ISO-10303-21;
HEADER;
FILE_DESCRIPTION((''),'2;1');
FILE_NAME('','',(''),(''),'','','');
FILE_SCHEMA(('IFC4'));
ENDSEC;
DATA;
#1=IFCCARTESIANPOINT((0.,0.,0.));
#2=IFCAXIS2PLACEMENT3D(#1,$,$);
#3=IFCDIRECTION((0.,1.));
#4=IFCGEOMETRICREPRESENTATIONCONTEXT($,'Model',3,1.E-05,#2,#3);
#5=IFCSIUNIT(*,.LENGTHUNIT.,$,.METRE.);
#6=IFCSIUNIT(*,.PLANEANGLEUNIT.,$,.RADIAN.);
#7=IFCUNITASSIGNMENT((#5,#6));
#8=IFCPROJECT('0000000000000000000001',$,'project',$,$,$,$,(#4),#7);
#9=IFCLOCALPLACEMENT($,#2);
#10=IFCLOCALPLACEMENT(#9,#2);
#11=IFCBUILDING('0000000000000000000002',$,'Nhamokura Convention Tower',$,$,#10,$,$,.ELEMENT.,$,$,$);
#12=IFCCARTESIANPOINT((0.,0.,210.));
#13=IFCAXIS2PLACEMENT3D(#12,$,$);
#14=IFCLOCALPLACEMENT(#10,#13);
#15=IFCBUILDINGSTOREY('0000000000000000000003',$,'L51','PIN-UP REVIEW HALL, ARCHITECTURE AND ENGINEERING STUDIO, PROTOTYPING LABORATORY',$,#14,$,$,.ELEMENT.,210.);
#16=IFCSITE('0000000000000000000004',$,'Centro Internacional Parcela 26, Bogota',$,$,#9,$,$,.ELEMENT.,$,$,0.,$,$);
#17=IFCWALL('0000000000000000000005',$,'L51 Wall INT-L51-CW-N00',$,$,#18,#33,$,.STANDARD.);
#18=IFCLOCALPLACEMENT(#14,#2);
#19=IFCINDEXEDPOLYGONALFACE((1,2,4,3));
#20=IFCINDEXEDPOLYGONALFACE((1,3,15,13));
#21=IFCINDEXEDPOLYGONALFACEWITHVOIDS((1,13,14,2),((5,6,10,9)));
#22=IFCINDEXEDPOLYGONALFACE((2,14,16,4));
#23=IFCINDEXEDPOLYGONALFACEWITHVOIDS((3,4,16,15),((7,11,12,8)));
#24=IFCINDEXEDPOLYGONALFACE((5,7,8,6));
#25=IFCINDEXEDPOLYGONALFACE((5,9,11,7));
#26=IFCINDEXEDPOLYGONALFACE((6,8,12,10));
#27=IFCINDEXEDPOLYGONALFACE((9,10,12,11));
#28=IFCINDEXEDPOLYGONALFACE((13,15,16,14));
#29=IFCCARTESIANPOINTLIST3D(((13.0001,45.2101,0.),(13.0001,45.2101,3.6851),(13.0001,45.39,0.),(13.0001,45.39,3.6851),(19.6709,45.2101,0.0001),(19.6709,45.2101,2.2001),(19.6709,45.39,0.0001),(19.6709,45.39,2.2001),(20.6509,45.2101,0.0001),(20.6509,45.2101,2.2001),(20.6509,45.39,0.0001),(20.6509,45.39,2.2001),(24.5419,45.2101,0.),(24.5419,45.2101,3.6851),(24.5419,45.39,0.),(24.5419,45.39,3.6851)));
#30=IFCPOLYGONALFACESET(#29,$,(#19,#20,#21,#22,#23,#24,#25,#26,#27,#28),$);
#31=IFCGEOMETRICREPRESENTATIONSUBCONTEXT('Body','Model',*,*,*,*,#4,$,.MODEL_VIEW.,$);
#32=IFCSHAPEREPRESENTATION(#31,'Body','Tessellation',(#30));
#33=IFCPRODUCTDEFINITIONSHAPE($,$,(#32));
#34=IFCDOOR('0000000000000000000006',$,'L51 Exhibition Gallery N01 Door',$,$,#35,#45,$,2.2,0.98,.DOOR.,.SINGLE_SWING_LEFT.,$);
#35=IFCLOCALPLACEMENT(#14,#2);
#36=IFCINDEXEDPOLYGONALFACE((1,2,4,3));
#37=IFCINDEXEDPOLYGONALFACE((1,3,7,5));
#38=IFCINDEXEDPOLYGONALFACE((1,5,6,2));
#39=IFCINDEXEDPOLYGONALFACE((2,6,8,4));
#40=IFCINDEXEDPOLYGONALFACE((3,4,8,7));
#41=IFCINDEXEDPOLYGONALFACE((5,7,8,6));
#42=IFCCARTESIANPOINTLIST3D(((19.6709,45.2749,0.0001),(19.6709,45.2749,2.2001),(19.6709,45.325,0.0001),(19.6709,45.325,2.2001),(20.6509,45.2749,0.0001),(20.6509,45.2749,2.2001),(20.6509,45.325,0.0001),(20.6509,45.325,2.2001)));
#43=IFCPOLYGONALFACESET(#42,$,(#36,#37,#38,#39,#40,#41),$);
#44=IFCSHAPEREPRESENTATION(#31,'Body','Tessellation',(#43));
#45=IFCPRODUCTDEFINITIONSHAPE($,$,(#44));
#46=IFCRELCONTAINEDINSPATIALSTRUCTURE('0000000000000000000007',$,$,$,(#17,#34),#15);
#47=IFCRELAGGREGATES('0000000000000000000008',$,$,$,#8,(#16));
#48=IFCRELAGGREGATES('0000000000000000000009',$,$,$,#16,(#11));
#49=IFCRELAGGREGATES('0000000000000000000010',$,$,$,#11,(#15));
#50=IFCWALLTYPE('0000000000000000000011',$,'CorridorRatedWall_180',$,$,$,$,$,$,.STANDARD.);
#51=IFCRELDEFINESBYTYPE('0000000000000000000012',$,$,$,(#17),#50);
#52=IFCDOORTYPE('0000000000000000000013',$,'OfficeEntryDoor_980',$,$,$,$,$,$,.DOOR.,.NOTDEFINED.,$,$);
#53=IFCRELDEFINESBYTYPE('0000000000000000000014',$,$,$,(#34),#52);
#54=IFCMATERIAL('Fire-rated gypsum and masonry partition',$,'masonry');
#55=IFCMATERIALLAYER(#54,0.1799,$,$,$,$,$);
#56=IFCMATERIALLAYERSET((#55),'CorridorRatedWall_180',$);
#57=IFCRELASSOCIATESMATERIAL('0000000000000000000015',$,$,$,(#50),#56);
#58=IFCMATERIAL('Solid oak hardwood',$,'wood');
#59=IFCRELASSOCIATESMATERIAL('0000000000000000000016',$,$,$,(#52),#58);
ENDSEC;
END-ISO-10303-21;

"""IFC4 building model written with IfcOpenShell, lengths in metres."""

from ifc_helpers import new_model, si_unit, direction, frame, frame_2d, origin, place, context, subcontext, project, spatial, rectangle, extrude, material, layer, layer_set, type_object, element, fill, save


model = new_model("IFC4")

# Units and contexts
model_context = context("Model", 3, precision=1e-05, world=origin(), true_north=direction((0.0, 1.0)))
body_context = subcontext(model_context, "Body", "Model", "MODEL_VIEW")
ifc_project = project(units=[si_unit("LENGTHUNIT", "METRE"), si_unit("PLANEANGLEUNIT", "RADIAN")], contexts=[model_context])

# Site, building, storey
site_placement = place(None, origin())
site = spatial("IfcSite", under=ifc_project, at=site_placement, Name="Centro Internacional Parcela 26, Bogota", CompositionType="ELEMENT", RefElevation=0.0)
building_placement = place(site_placement, origin())
building = spatial("IfcBuilding", under=site, at=building_placement, Name="Nhamokura Convention Tower", CompositionType="ELEMENT")
storey_placement = place(building_placement, frame((0.0, 0.0, 210.0)))
storey = spatial("IfcBuildingStorey", under=building, at=storey_placement, Name="L51", Description="PIN-UP REVIEW HALL, ARCHITECTURE AND ENGINEERING STUDIO, PROTOTYPING LABORATORY", CompositionType="ELEMENT", Elevation=210.0)

# Wall, opening, door
ifc_material_1 = material(Name="Fire-rated gypsum and masonry partition", Category="masonry")
ifc_layer_1 = layer(ifc_material_1, 0.1799)
ifc_layer_set_1 = layer_set([ifc_layer_1], Name="CorridorRatedWall_180")
wall_type_1 = type_object("IfcWallType", Name="CorridorRatedWall_180", PredefinedType="STANDARD", material=ifc_layer_set_1)
wall_placement = place(storey_placement, frame((13.0, 45.3, 0.0), z_axis=(0.0, 0.0, 1.0), x_axis=(1.0, 0.0, 0.0)))
wall = element("IfcWall", 1, at=wall_placement, inside=storey, type_object=wall_type_1, Name="L51 Wall INT-L51-CW-N00", PredefinedType="STANDARD", context=body_context, shape_type="SweptSolid", body=[
    extrude(rectangle(XDim=11.5417, YDim=0.1799, at=frame_2d((5.771, 0.0))), origin(), (0.0, 0.0, 1.0), 3.6851),
])
opening_placement = place(wall_placement, frame((6.6709, 0.0, 0.0)))
opening = element("IfcOpeningElement", 2, at=opening_placement, cuts=wall, PredefinedType="OPENING", context=body_context, shape_type="SweptSolid", body=[
    extrude(rectangle(XDim=0.98, YDim=2.2, at=frame_2d((0.49, 1.1001))), frame((0.0, 0.0999, 0.0), z_axis=(0.0, -1.0, 0.0), x_axis=(1.0, 0.0, 0.0)), (0.0, 0.0, 1.0), 0.2),
])
ifc_material_2 = material(Name="Solid oak hardwood", Category="wood")
door_type = type_object("IfcDoorType", Name="OfficeEntryDoor_980", OperationType="NOTDEFINED", PredefinedType="DOOR", material=ifc_material_2)
door_placement = place(opening_placement, origin())
door = element("IfcDoor", 3, at=door_placement, inside=storey, type_object=door_type, Name="L51 Exhibition Gallery N01 Door", OperationType="SINGLE_SWING_LEFT", OverallHeight=2.2, OverallWidth=0.98, PredefinedType="DOOR", context=body_context, shape_type="SweptSolid", body=[
    extrude(rectangle(XDim=0.98, YDim=2.2, at=frame_2d((0.49, 1.1001))), frame((0.0, 0.0249, 0.0), z_axis=(0.0, -1.0, 0.0), x_axis=(1.0, 0.0, 0.0)), (0.0, 0.0, 1.0), 0.05),
])
fill(opening, door)

save(model, "model.ifc")
